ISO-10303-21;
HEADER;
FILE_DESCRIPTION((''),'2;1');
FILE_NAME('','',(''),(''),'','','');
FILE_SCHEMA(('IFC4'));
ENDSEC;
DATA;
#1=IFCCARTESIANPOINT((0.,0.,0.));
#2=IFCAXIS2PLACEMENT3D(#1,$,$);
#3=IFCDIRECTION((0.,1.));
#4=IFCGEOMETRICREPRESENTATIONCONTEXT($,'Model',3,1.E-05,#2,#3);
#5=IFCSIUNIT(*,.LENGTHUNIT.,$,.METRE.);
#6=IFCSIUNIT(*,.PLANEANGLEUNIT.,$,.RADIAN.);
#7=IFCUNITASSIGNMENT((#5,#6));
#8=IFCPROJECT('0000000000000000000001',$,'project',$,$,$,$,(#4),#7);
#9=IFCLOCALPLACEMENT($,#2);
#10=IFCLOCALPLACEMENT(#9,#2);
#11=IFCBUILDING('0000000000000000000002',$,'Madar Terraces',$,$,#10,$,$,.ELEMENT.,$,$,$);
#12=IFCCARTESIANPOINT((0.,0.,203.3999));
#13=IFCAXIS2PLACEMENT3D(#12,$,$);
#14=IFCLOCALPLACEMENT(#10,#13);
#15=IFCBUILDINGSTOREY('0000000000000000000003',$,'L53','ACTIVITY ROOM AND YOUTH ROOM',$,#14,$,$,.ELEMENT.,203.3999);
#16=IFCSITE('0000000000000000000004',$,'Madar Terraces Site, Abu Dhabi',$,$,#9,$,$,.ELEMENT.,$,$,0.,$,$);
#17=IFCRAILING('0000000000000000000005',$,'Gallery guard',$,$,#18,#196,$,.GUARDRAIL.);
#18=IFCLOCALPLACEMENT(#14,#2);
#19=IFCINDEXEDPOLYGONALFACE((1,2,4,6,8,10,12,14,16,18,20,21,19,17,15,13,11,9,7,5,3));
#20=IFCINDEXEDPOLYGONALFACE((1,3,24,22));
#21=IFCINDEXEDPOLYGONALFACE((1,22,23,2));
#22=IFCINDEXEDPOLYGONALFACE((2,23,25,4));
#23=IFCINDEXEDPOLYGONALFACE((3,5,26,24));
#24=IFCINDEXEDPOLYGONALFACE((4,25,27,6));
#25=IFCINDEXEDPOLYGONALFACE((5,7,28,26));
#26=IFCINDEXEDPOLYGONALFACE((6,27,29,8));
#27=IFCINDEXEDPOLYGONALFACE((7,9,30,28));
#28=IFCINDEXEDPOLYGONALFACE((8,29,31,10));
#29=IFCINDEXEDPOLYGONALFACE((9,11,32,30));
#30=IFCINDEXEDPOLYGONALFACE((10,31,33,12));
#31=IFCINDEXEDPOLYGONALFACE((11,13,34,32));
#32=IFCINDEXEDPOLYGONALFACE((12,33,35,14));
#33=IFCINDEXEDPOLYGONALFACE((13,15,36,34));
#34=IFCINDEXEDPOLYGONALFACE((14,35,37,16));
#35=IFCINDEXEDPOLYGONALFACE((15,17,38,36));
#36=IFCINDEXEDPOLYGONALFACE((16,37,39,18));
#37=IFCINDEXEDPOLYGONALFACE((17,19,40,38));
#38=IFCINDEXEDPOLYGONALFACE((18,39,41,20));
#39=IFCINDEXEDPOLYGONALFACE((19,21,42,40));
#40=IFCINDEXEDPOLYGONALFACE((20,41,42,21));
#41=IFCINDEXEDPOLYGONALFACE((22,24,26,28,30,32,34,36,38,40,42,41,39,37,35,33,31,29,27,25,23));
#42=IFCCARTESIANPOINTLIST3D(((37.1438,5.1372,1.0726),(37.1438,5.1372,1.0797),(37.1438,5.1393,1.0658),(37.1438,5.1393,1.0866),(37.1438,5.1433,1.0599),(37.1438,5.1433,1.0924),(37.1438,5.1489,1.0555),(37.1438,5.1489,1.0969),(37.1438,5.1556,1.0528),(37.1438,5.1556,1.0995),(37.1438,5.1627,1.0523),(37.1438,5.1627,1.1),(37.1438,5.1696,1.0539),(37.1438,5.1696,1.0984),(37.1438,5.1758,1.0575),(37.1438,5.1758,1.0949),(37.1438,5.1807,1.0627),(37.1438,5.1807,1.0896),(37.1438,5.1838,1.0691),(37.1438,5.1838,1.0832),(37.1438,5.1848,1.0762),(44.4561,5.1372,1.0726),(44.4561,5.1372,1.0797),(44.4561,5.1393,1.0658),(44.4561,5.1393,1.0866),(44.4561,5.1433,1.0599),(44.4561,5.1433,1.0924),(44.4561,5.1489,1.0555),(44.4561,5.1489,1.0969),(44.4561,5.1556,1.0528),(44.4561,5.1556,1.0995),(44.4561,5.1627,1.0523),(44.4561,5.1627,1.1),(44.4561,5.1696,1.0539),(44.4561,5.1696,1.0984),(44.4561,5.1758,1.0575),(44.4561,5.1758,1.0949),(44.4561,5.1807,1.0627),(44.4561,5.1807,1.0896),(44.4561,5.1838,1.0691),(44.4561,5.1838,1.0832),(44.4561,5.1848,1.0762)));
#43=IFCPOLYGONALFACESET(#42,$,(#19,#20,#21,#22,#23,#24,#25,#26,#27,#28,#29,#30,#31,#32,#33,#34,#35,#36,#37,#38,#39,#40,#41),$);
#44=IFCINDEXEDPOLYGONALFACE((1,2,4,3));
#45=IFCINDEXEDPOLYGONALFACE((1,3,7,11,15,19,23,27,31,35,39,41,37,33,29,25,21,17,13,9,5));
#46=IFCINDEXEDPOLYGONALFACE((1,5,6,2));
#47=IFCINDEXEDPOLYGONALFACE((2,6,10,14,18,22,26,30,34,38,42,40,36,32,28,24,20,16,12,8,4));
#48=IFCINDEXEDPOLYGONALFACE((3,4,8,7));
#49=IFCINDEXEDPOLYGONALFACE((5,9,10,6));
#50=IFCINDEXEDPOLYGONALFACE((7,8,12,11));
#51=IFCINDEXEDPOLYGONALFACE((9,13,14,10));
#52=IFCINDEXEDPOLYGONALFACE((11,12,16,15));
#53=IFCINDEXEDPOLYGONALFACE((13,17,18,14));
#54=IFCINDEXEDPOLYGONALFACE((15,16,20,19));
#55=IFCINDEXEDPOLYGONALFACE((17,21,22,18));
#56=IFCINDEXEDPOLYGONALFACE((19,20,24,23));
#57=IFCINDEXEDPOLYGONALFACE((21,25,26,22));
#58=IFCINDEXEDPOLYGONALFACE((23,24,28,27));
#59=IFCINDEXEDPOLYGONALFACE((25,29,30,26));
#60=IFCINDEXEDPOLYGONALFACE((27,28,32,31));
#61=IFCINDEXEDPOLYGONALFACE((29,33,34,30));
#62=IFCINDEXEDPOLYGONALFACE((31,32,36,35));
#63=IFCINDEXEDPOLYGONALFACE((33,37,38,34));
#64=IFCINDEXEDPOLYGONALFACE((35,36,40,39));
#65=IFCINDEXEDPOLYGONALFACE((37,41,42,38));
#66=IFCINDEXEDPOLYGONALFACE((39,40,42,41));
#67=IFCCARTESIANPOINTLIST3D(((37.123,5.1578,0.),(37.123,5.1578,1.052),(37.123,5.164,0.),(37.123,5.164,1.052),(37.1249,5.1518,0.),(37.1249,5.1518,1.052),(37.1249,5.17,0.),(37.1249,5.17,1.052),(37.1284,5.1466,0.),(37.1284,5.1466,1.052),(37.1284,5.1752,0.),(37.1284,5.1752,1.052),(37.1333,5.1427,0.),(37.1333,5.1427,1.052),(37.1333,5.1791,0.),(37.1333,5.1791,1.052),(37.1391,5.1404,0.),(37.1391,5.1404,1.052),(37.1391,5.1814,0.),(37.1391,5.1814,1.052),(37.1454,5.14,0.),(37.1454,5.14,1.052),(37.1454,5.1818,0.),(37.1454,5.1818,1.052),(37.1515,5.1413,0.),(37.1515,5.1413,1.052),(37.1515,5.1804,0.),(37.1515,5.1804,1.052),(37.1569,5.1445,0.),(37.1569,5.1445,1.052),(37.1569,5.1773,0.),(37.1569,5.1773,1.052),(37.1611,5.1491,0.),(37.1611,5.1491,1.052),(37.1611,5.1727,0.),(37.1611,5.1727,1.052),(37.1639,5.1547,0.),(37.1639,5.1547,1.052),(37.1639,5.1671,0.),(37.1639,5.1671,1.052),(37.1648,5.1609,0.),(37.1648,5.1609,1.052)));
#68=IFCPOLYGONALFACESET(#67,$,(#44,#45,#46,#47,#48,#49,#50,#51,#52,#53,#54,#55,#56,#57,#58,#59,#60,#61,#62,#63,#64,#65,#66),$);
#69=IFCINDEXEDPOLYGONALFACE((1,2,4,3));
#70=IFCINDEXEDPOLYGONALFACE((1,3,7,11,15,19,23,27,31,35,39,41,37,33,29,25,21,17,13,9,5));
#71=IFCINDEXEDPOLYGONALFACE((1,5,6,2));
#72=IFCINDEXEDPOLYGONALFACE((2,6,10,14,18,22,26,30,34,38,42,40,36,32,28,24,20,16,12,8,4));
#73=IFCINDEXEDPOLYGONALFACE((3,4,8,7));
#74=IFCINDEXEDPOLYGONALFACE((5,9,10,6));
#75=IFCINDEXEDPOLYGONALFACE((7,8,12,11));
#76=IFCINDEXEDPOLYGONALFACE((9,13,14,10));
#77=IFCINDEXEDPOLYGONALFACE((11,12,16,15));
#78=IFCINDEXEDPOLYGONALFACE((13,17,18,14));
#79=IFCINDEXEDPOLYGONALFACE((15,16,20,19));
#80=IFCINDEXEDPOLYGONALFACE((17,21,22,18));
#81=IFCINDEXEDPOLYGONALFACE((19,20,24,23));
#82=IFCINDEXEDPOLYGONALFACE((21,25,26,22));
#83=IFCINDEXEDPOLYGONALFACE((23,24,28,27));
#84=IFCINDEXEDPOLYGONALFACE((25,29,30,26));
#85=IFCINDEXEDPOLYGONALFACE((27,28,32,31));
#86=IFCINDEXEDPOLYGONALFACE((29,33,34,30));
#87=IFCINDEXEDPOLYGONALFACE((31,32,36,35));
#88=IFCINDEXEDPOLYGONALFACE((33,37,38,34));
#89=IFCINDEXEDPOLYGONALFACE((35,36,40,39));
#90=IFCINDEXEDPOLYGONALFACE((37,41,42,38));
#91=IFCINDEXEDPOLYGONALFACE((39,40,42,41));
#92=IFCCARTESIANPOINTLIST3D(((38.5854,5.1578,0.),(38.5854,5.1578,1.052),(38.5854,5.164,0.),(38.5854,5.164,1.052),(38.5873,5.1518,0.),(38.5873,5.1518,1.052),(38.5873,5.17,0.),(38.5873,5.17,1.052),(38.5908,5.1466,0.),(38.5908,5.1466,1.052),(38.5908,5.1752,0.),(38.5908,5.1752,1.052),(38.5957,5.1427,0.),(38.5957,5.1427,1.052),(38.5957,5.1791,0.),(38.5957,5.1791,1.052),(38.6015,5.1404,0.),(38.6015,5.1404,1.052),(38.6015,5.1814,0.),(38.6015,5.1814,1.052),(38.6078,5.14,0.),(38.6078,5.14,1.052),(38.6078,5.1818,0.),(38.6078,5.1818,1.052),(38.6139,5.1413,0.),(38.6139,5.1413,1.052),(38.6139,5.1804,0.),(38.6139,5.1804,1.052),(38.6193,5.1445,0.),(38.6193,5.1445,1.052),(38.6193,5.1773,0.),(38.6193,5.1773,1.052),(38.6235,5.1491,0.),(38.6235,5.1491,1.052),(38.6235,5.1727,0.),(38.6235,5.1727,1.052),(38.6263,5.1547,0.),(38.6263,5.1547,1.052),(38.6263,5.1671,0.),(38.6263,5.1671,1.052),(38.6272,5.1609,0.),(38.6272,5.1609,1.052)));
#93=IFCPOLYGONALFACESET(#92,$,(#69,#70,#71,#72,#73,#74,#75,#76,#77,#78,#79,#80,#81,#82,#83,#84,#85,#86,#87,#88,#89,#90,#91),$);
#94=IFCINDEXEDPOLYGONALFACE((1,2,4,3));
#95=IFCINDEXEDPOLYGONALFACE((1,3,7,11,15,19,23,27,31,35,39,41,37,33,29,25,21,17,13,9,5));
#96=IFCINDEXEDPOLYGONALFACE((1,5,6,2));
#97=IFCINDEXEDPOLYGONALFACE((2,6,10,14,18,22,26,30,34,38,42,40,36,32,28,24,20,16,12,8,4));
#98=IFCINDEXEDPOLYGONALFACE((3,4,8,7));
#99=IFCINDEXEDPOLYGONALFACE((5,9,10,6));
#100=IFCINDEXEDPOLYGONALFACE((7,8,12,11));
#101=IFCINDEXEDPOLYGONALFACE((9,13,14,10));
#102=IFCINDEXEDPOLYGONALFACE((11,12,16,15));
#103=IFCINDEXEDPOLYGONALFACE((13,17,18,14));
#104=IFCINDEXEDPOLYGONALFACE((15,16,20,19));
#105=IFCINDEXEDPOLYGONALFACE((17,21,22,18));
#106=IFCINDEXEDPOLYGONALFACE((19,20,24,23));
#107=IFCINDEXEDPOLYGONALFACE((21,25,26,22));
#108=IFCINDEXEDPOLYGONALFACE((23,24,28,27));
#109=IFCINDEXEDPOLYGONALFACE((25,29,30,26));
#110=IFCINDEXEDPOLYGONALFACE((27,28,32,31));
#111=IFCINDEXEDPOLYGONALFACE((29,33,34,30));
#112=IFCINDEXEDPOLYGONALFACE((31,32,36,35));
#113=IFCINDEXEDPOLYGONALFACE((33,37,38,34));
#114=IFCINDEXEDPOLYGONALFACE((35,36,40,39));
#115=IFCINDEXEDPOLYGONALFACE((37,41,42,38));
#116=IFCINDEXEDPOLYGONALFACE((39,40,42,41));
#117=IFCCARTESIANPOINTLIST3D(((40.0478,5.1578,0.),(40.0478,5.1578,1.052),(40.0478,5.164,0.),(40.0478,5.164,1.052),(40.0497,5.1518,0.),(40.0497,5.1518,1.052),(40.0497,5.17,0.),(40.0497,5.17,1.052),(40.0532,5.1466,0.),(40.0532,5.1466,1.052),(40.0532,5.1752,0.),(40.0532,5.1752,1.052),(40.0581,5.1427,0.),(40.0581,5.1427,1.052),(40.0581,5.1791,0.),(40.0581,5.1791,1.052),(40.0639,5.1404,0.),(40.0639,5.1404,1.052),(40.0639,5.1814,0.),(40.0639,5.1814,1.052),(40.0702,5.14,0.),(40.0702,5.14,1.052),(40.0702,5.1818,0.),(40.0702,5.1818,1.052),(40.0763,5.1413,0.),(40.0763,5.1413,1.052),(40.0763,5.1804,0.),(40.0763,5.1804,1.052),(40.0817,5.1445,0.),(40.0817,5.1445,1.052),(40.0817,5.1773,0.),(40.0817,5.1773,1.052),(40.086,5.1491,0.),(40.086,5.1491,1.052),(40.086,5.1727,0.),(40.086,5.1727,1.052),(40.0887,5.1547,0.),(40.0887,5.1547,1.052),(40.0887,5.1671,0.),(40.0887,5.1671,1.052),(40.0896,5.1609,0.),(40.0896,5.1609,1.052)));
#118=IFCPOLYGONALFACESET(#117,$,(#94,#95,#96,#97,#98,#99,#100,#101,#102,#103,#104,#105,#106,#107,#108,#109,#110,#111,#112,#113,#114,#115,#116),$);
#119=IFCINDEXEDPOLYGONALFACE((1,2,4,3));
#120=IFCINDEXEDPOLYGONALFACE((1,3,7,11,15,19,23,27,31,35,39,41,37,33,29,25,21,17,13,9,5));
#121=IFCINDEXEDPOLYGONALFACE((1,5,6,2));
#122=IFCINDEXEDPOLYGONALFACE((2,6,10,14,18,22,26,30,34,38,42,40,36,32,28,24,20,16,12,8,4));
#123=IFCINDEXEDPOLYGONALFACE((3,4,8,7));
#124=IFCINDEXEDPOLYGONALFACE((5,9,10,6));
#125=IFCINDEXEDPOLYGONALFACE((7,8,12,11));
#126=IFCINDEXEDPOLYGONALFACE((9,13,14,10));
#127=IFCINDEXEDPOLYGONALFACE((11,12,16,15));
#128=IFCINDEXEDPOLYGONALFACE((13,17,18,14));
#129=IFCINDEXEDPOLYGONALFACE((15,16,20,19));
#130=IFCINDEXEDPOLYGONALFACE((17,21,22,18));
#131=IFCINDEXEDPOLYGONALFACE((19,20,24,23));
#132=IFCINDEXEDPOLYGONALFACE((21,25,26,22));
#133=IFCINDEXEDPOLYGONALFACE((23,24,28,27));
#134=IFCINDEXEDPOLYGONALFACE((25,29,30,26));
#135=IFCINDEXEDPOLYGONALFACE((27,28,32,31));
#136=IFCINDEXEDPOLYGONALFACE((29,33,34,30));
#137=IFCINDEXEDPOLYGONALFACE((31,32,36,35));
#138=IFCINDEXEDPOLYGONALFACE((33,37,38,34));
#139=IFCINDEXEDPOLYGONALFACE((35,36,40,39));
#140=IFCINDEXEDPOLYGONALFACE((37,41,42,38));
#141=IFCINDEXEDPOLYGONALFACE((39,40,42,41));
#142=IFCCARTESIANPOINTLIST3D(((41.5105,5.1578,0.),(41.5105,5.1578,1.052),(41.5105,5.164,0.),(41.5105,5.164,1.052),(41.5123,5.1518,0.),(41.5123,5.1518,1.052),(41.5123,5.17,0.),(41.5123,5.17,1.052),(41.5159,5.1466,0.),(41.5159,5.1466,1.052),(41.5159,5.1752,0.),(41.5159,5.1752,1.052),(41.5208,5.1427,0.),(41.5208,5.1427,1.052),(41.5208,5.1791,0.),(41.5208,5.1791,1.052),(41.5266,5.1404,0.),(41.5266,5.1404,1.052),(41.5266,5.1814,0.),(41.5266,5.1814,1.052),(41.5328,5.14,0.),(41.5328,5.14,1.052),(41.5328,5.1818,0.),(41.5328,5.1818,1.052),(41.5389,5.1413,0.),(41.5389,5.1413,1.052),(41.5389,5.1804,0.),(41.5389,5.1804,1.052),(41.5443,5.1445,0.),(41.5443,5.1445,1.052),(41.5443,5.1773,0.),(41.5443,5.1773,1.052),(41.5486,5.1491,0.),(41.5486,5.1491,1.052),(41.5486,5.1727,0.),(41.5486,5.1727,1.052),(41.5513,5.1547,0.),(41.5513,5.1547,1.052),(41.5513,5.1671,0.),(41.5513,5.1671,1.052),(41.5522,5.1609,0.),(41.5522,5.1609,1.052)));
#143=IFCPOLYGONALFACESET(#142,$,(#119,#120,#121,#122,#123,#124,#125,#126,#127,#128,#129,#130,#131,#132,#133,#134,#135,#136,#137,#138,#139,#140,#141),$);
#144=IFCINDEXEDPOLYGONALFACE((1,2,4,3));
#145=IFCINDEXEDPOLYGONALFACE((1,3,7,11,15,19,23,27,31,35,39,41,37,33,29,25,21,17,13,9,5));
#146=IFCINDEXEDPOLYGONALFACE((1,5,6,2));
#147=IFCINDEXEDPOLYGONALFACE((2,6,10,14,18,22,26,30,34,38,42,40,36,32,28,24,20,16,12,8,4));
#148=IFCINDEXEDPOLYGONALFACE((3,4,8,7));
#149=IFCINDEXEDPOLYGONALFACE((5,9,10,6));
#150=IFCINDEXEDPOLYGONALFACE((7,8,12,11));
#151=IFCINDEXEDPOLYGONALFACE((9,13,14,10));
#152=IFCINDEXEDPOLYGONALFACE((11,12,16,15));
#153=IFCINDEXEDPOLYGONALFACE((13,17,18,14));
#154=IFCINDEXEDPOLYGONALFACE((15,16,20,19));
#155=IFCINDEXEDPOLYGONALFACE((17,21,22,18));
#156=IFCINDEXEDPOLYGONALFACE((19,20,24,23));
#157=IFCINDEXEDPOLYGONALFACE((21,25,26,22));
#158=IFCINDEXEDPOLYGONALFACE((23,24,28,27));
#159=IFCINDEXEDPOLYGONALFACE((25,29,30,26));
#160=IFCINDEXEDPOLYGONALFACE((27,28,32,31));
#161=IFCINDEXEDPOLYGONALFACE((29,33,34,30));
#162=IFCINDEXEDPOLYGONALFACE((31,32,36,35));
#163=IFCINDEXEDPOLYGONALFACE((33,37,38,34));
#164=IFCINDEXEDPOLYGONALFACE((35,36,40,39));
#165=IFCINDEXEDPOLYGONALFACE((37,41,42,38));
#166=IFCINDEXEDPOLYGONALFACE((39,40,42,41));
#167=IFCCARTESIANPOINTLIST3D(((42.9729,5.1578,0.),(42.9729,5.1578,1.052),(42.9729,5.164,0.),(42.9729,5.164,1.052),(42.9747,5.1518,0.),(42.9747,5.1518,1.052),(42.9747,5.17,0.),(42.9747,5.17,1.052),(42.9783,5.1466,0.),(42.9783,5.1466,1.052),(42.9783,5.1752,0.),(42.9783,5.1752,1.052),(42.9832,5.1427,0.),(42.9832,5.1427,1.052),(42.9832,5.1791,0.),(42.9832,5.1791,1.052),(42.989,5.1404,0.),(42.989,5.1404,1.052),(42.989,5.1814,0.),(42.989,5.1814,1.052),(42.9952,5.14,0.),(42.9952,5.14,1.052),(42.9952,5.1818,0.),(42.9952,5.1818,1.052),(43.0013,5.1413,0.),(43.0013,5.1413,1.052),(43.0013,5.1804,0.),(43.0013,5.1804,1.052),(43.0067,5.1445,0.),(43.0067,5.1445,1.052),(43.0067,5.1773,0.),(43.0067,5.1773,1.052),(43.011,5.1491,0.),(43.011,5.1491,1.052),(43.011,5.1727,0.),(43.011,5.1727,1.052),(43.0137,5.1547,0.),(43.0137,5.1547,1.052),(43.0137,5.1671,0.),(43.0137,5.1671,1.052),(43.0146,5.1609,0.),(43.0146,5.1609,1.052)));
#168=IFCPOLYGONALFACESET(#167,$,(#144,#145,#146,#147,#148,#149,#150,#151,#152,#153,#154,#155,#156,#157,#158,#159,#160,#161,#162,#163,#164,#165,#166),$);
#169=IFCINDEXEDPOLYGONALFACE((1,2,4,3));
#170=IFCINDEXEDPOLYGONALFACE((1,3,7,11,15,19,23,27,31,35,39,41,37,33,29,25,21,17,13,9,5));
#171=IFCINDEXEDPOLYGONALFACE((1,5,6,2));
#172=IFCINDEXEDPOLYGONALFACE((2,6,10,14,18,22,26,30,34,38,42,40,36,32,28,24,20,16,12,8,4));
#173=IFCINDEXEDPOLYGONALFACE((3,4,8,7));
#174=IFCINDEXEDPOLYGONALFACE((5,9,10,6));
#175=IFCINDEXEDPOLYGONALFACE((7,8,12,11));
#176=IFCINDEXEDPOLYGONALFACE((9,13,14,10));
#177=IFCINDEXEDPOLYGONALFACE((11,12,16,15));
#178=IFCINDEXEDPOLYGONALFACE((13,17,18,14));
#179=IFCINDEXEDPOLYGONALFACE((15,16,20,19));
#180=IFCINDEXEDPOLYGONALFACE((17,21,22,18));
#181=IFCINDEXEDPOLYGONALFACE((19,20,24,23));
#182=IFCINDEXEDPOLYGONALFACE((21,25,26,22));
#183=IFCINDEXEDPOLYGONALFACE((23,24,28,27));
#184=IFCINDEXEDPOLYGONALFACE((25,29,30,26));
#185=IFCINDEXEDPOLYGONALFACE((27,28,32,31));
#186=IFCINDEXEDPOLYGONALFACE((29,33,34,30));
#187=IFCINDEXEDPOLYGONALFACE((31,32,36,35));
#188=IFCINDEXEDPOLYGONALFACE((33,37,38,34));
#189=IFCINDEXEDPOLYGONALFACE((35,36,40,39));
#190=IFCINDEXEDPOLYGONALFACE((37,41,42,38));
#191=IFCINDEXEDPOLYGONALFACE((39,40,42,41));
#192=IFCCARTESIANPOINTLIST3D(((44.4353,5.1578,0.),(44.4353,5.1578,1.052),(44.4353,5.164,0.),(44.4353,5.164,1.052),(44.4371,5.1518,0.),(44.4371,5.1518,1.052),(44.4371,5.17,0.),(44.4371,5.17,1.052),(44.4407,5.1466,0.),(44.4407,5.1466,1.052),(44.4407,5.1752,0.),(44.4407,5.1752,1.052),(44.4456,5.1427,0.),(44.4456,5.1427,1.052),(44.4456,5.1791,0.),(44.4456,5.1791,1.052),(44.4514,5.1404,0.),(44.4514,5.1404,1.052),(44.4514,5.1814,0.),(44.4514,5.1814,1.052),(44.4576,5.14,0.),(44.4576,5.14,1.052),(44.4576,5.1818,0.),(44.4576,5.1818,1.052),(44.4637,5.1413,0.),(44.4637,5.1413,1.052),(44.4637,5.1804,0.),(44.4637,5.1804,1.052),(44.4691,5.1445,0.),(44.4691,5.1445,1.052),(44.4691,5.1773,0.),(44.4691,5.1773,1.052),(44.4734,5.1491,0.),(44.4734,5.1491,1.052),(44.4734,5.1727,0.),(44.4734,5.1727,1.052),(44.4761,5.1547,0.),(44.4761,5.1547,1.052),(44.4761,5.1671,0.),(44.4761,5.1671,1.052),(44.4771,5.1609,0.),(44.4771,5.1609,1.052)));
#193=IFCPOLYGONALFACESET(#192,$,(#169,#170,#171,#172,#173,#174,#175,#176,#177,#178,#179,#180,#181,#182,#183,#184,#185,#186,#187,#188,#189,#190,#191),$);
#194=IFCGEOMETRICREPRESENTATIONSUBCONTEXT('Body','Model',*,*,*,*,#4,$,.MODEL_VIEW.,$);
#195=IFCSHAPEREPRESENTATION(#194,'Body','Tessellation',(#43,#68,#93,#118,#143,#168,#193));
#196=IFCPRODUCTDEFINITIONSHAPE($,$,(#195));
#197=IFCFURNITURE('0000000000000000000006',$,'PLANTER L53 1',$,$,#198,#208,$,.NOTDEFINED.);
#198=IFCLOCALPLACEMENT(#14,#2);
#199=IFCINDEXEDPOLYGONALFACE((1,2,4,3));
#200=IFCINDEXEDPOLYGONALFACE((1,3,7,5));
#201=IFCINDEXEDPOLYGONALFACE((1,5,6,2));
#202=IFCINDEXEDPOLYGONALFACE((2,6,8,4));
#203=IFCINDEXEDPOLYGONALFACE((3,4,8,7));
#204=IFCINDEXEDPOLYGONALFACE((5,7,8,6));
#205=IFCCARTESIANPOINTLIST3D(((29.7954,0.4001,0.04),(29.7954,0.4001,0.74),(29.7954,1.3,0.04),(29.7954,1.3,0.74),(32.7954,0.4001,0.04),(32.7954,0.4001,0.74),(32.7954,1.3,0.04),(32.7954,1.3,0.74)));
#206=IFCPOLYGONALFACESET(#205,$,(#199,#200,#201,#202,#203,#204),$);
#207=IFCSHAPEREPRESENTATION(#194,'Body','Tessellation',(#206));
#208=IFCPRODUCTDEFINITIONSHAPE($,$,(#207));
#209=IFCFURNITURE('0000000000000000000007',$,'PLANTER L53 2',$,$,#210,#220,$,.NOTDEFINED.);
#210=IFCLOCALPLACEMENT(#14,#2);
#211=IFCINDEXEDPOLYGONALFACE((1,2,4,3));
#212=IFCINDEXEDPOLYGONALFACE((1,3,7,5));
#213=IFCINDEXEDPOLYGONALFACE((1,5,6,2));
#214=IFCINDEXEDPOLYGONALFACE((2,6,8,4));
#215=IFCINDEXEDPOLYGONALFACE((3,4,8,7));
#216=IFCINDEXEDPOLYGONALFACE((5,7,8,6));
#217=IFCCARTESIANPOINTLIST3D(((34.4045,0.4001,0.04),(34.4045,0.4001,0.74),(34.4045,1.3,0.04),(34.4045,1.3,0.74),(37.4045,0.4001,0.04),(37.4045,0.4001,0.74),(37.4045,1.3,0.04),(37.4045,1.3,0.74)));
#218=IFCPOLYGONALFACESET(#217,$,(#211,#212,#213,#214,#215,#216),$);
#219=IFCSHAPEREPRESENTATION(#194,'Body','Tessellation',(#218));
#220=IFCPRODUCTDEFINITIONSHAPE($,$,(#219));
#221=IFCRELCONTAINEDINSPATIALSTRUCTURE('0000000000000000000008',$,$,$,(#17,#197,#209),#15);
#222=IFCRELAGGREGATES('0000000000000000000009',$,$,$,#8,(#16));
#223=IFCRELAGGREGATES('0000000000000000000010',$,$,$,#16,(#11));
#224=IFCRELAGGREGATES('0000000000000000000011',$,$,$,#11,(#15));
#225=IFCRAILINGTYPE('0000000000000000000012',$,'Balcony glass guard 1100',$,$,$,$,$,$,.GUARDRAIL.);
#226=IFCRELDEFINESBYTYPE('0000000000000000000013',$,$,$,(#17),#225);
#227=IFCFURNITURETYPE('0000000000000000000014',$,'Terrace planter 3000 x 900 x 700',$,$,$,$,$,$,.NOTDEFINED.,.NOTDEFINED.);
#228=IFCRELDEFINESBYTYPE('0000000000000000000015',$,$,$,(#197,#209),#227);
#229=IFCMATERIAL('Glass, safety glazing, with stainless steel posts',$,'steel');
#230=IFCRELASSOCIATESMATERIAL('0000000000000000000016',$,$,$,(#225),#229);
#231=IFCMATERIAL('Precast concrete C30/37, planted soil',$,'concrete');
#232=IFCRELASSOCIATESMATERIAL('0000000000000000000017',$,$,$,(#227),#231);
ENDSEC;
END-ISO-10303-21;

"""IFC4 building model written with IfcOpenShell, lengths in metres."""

from ifc_helpers import new_model, si_unit, direction, frame, origin, origin_2d, place, context, subcontext, project, spatial, rectangle, circle, extrude, material, type_object, element, save


model = new_model("IFC4")

# Units and contexts
model_context = context("Model", 3, precision=1e-05, world=origin(), true_north=direction((0.0, 1.0)))
body_context = subcontext(model_context, "Body", "Model", "MODEL_VIEW")
ifc_project = project(units=[si_unit("LENGTHUNIT", "METRE"), si_unit("PLANEANGLEUNIT", "RADIAN")], contexts=[model_context])

# Site, building, storey
site_placement = place(None, origin())
site = spatial("IfcSite", under=ifc_project, at=site_placement, Name="Madar Terraces Site, Abu Dhabi", CompositionType="ELEMENT", RefElevation=0.0)
building_placement = place(site_placement, origin())
building = spatial("IfcBuilding", under=site, at=building_placement, Name="Madar Terraces", CompositionType="ELEMENT")
storey_placement = place(building_placement, frame((0.0, 0.0, 203.3999)))
storey = spatial("IfcBuildingStorey", under=building, at=storey_placement, Name="L53", Description="ACTIVITY ROOM AND YOUTH ROOM", CompositionType="ELEMENT", Elevation=203.3999)

# Railing
ifc_material_1 = material(Name="Glass, safety glazing, with stainless steel posts", Category="steel")
railing_type = type_object("IfcRailingType", Name="Balcony glass guard 1100", PredefinedType="GUARDRAIL", material=ifc_material_1)
railing_placement = place(storey_placement, frame((37.1438, 5.1609, 0.0)))
element("IfcRailing", 1, at=railing_placement, inside=storey, type_object=railing_type, Name="Gallery guard", PredefinedType="GUARDRAIL", context=body_context, shape_type="SweptSolid", body=[
    extrude(circle(Radius=0.0239, at=origin_2d()), frame((0.0, 0.0, 1.0762), z_axis=(1.0, 0.0, 0.0), x_axis=(0.0, 1.0, 0.0)), (0.0, 0.0, 1.0), 7.3123),
    extrude(circle(Radius=0.021, at=origin_2d()), origin(), (0.0, 0.0, 1.0), 1.052),
    extrude(circle(Radius=0.021, at=origin_2d()), frame((1.4624, 0.0, 0.0)), (0.0, 0.0, 1.0), 1.052),
    extrude(circle(Radius=0.021, at=origin_2d()), frame((2.9248, 0.0, 0.0)), (0.0, 0.0, 1.0), 1.052),
    extrude(circle(Radius=0.021, at=origin_2d()), frame((4.3875, 0.0, 0.0)), (0.0, 0.0, 1.0), 1.052),
    extrude(circle(Radius=0.021, at=origin_2d()), frame((5.8499, 0.0, 0.0)), (0.0, 0.0, 1.0), 1.052),
    extrude(circle(Radius=0.021, at=origin_2d()), frame((7.3123, 0.0, 0.0)), (0.0, 0.0, 1.0), 1.052),
])

# Furniture
ifc_material_2 = material(Name="Precast concrete C30/37, planted soil", Category="concrete")
furniture_type = type_object("IfcFurnitureType", Name="Terrace planter 3000 x 900 x 700", AssemblyPlace="NOTDEFINED", PredefinedType="NOTDEFINED", material=ifc_material_2)
for number, where, z_axis, x_axis, name in (
    (2, (31.2954, 0.8501, 0.04), (0.0, 0.0, 1.0), (1.0, 0.0, 0.0), "PLANTER L53 1"),
    (3, (35.9045, 0.8501, 0.04), (0.0, 0.0, 1.0), (1.0, 0.0, 0.0), "PLANTER L53 2"),
):
    element("IfcFurniture", number, at=place(storey_placement, frame(where, z_axis=z_axis, x_axis=x_axis)), inside=storey, type_object=furniture_type, Name=name, PredefinedType="NOTDEFINED", context=body_context, shape_type="SweptSolid", body=[
        extrude(rectangle(XDim=3.0, YDim=0.8999, at=origin_2d()), origin(), (0.0, 0.0, 1.0), 0.7),
    ])

save(model, "model.ifc")
